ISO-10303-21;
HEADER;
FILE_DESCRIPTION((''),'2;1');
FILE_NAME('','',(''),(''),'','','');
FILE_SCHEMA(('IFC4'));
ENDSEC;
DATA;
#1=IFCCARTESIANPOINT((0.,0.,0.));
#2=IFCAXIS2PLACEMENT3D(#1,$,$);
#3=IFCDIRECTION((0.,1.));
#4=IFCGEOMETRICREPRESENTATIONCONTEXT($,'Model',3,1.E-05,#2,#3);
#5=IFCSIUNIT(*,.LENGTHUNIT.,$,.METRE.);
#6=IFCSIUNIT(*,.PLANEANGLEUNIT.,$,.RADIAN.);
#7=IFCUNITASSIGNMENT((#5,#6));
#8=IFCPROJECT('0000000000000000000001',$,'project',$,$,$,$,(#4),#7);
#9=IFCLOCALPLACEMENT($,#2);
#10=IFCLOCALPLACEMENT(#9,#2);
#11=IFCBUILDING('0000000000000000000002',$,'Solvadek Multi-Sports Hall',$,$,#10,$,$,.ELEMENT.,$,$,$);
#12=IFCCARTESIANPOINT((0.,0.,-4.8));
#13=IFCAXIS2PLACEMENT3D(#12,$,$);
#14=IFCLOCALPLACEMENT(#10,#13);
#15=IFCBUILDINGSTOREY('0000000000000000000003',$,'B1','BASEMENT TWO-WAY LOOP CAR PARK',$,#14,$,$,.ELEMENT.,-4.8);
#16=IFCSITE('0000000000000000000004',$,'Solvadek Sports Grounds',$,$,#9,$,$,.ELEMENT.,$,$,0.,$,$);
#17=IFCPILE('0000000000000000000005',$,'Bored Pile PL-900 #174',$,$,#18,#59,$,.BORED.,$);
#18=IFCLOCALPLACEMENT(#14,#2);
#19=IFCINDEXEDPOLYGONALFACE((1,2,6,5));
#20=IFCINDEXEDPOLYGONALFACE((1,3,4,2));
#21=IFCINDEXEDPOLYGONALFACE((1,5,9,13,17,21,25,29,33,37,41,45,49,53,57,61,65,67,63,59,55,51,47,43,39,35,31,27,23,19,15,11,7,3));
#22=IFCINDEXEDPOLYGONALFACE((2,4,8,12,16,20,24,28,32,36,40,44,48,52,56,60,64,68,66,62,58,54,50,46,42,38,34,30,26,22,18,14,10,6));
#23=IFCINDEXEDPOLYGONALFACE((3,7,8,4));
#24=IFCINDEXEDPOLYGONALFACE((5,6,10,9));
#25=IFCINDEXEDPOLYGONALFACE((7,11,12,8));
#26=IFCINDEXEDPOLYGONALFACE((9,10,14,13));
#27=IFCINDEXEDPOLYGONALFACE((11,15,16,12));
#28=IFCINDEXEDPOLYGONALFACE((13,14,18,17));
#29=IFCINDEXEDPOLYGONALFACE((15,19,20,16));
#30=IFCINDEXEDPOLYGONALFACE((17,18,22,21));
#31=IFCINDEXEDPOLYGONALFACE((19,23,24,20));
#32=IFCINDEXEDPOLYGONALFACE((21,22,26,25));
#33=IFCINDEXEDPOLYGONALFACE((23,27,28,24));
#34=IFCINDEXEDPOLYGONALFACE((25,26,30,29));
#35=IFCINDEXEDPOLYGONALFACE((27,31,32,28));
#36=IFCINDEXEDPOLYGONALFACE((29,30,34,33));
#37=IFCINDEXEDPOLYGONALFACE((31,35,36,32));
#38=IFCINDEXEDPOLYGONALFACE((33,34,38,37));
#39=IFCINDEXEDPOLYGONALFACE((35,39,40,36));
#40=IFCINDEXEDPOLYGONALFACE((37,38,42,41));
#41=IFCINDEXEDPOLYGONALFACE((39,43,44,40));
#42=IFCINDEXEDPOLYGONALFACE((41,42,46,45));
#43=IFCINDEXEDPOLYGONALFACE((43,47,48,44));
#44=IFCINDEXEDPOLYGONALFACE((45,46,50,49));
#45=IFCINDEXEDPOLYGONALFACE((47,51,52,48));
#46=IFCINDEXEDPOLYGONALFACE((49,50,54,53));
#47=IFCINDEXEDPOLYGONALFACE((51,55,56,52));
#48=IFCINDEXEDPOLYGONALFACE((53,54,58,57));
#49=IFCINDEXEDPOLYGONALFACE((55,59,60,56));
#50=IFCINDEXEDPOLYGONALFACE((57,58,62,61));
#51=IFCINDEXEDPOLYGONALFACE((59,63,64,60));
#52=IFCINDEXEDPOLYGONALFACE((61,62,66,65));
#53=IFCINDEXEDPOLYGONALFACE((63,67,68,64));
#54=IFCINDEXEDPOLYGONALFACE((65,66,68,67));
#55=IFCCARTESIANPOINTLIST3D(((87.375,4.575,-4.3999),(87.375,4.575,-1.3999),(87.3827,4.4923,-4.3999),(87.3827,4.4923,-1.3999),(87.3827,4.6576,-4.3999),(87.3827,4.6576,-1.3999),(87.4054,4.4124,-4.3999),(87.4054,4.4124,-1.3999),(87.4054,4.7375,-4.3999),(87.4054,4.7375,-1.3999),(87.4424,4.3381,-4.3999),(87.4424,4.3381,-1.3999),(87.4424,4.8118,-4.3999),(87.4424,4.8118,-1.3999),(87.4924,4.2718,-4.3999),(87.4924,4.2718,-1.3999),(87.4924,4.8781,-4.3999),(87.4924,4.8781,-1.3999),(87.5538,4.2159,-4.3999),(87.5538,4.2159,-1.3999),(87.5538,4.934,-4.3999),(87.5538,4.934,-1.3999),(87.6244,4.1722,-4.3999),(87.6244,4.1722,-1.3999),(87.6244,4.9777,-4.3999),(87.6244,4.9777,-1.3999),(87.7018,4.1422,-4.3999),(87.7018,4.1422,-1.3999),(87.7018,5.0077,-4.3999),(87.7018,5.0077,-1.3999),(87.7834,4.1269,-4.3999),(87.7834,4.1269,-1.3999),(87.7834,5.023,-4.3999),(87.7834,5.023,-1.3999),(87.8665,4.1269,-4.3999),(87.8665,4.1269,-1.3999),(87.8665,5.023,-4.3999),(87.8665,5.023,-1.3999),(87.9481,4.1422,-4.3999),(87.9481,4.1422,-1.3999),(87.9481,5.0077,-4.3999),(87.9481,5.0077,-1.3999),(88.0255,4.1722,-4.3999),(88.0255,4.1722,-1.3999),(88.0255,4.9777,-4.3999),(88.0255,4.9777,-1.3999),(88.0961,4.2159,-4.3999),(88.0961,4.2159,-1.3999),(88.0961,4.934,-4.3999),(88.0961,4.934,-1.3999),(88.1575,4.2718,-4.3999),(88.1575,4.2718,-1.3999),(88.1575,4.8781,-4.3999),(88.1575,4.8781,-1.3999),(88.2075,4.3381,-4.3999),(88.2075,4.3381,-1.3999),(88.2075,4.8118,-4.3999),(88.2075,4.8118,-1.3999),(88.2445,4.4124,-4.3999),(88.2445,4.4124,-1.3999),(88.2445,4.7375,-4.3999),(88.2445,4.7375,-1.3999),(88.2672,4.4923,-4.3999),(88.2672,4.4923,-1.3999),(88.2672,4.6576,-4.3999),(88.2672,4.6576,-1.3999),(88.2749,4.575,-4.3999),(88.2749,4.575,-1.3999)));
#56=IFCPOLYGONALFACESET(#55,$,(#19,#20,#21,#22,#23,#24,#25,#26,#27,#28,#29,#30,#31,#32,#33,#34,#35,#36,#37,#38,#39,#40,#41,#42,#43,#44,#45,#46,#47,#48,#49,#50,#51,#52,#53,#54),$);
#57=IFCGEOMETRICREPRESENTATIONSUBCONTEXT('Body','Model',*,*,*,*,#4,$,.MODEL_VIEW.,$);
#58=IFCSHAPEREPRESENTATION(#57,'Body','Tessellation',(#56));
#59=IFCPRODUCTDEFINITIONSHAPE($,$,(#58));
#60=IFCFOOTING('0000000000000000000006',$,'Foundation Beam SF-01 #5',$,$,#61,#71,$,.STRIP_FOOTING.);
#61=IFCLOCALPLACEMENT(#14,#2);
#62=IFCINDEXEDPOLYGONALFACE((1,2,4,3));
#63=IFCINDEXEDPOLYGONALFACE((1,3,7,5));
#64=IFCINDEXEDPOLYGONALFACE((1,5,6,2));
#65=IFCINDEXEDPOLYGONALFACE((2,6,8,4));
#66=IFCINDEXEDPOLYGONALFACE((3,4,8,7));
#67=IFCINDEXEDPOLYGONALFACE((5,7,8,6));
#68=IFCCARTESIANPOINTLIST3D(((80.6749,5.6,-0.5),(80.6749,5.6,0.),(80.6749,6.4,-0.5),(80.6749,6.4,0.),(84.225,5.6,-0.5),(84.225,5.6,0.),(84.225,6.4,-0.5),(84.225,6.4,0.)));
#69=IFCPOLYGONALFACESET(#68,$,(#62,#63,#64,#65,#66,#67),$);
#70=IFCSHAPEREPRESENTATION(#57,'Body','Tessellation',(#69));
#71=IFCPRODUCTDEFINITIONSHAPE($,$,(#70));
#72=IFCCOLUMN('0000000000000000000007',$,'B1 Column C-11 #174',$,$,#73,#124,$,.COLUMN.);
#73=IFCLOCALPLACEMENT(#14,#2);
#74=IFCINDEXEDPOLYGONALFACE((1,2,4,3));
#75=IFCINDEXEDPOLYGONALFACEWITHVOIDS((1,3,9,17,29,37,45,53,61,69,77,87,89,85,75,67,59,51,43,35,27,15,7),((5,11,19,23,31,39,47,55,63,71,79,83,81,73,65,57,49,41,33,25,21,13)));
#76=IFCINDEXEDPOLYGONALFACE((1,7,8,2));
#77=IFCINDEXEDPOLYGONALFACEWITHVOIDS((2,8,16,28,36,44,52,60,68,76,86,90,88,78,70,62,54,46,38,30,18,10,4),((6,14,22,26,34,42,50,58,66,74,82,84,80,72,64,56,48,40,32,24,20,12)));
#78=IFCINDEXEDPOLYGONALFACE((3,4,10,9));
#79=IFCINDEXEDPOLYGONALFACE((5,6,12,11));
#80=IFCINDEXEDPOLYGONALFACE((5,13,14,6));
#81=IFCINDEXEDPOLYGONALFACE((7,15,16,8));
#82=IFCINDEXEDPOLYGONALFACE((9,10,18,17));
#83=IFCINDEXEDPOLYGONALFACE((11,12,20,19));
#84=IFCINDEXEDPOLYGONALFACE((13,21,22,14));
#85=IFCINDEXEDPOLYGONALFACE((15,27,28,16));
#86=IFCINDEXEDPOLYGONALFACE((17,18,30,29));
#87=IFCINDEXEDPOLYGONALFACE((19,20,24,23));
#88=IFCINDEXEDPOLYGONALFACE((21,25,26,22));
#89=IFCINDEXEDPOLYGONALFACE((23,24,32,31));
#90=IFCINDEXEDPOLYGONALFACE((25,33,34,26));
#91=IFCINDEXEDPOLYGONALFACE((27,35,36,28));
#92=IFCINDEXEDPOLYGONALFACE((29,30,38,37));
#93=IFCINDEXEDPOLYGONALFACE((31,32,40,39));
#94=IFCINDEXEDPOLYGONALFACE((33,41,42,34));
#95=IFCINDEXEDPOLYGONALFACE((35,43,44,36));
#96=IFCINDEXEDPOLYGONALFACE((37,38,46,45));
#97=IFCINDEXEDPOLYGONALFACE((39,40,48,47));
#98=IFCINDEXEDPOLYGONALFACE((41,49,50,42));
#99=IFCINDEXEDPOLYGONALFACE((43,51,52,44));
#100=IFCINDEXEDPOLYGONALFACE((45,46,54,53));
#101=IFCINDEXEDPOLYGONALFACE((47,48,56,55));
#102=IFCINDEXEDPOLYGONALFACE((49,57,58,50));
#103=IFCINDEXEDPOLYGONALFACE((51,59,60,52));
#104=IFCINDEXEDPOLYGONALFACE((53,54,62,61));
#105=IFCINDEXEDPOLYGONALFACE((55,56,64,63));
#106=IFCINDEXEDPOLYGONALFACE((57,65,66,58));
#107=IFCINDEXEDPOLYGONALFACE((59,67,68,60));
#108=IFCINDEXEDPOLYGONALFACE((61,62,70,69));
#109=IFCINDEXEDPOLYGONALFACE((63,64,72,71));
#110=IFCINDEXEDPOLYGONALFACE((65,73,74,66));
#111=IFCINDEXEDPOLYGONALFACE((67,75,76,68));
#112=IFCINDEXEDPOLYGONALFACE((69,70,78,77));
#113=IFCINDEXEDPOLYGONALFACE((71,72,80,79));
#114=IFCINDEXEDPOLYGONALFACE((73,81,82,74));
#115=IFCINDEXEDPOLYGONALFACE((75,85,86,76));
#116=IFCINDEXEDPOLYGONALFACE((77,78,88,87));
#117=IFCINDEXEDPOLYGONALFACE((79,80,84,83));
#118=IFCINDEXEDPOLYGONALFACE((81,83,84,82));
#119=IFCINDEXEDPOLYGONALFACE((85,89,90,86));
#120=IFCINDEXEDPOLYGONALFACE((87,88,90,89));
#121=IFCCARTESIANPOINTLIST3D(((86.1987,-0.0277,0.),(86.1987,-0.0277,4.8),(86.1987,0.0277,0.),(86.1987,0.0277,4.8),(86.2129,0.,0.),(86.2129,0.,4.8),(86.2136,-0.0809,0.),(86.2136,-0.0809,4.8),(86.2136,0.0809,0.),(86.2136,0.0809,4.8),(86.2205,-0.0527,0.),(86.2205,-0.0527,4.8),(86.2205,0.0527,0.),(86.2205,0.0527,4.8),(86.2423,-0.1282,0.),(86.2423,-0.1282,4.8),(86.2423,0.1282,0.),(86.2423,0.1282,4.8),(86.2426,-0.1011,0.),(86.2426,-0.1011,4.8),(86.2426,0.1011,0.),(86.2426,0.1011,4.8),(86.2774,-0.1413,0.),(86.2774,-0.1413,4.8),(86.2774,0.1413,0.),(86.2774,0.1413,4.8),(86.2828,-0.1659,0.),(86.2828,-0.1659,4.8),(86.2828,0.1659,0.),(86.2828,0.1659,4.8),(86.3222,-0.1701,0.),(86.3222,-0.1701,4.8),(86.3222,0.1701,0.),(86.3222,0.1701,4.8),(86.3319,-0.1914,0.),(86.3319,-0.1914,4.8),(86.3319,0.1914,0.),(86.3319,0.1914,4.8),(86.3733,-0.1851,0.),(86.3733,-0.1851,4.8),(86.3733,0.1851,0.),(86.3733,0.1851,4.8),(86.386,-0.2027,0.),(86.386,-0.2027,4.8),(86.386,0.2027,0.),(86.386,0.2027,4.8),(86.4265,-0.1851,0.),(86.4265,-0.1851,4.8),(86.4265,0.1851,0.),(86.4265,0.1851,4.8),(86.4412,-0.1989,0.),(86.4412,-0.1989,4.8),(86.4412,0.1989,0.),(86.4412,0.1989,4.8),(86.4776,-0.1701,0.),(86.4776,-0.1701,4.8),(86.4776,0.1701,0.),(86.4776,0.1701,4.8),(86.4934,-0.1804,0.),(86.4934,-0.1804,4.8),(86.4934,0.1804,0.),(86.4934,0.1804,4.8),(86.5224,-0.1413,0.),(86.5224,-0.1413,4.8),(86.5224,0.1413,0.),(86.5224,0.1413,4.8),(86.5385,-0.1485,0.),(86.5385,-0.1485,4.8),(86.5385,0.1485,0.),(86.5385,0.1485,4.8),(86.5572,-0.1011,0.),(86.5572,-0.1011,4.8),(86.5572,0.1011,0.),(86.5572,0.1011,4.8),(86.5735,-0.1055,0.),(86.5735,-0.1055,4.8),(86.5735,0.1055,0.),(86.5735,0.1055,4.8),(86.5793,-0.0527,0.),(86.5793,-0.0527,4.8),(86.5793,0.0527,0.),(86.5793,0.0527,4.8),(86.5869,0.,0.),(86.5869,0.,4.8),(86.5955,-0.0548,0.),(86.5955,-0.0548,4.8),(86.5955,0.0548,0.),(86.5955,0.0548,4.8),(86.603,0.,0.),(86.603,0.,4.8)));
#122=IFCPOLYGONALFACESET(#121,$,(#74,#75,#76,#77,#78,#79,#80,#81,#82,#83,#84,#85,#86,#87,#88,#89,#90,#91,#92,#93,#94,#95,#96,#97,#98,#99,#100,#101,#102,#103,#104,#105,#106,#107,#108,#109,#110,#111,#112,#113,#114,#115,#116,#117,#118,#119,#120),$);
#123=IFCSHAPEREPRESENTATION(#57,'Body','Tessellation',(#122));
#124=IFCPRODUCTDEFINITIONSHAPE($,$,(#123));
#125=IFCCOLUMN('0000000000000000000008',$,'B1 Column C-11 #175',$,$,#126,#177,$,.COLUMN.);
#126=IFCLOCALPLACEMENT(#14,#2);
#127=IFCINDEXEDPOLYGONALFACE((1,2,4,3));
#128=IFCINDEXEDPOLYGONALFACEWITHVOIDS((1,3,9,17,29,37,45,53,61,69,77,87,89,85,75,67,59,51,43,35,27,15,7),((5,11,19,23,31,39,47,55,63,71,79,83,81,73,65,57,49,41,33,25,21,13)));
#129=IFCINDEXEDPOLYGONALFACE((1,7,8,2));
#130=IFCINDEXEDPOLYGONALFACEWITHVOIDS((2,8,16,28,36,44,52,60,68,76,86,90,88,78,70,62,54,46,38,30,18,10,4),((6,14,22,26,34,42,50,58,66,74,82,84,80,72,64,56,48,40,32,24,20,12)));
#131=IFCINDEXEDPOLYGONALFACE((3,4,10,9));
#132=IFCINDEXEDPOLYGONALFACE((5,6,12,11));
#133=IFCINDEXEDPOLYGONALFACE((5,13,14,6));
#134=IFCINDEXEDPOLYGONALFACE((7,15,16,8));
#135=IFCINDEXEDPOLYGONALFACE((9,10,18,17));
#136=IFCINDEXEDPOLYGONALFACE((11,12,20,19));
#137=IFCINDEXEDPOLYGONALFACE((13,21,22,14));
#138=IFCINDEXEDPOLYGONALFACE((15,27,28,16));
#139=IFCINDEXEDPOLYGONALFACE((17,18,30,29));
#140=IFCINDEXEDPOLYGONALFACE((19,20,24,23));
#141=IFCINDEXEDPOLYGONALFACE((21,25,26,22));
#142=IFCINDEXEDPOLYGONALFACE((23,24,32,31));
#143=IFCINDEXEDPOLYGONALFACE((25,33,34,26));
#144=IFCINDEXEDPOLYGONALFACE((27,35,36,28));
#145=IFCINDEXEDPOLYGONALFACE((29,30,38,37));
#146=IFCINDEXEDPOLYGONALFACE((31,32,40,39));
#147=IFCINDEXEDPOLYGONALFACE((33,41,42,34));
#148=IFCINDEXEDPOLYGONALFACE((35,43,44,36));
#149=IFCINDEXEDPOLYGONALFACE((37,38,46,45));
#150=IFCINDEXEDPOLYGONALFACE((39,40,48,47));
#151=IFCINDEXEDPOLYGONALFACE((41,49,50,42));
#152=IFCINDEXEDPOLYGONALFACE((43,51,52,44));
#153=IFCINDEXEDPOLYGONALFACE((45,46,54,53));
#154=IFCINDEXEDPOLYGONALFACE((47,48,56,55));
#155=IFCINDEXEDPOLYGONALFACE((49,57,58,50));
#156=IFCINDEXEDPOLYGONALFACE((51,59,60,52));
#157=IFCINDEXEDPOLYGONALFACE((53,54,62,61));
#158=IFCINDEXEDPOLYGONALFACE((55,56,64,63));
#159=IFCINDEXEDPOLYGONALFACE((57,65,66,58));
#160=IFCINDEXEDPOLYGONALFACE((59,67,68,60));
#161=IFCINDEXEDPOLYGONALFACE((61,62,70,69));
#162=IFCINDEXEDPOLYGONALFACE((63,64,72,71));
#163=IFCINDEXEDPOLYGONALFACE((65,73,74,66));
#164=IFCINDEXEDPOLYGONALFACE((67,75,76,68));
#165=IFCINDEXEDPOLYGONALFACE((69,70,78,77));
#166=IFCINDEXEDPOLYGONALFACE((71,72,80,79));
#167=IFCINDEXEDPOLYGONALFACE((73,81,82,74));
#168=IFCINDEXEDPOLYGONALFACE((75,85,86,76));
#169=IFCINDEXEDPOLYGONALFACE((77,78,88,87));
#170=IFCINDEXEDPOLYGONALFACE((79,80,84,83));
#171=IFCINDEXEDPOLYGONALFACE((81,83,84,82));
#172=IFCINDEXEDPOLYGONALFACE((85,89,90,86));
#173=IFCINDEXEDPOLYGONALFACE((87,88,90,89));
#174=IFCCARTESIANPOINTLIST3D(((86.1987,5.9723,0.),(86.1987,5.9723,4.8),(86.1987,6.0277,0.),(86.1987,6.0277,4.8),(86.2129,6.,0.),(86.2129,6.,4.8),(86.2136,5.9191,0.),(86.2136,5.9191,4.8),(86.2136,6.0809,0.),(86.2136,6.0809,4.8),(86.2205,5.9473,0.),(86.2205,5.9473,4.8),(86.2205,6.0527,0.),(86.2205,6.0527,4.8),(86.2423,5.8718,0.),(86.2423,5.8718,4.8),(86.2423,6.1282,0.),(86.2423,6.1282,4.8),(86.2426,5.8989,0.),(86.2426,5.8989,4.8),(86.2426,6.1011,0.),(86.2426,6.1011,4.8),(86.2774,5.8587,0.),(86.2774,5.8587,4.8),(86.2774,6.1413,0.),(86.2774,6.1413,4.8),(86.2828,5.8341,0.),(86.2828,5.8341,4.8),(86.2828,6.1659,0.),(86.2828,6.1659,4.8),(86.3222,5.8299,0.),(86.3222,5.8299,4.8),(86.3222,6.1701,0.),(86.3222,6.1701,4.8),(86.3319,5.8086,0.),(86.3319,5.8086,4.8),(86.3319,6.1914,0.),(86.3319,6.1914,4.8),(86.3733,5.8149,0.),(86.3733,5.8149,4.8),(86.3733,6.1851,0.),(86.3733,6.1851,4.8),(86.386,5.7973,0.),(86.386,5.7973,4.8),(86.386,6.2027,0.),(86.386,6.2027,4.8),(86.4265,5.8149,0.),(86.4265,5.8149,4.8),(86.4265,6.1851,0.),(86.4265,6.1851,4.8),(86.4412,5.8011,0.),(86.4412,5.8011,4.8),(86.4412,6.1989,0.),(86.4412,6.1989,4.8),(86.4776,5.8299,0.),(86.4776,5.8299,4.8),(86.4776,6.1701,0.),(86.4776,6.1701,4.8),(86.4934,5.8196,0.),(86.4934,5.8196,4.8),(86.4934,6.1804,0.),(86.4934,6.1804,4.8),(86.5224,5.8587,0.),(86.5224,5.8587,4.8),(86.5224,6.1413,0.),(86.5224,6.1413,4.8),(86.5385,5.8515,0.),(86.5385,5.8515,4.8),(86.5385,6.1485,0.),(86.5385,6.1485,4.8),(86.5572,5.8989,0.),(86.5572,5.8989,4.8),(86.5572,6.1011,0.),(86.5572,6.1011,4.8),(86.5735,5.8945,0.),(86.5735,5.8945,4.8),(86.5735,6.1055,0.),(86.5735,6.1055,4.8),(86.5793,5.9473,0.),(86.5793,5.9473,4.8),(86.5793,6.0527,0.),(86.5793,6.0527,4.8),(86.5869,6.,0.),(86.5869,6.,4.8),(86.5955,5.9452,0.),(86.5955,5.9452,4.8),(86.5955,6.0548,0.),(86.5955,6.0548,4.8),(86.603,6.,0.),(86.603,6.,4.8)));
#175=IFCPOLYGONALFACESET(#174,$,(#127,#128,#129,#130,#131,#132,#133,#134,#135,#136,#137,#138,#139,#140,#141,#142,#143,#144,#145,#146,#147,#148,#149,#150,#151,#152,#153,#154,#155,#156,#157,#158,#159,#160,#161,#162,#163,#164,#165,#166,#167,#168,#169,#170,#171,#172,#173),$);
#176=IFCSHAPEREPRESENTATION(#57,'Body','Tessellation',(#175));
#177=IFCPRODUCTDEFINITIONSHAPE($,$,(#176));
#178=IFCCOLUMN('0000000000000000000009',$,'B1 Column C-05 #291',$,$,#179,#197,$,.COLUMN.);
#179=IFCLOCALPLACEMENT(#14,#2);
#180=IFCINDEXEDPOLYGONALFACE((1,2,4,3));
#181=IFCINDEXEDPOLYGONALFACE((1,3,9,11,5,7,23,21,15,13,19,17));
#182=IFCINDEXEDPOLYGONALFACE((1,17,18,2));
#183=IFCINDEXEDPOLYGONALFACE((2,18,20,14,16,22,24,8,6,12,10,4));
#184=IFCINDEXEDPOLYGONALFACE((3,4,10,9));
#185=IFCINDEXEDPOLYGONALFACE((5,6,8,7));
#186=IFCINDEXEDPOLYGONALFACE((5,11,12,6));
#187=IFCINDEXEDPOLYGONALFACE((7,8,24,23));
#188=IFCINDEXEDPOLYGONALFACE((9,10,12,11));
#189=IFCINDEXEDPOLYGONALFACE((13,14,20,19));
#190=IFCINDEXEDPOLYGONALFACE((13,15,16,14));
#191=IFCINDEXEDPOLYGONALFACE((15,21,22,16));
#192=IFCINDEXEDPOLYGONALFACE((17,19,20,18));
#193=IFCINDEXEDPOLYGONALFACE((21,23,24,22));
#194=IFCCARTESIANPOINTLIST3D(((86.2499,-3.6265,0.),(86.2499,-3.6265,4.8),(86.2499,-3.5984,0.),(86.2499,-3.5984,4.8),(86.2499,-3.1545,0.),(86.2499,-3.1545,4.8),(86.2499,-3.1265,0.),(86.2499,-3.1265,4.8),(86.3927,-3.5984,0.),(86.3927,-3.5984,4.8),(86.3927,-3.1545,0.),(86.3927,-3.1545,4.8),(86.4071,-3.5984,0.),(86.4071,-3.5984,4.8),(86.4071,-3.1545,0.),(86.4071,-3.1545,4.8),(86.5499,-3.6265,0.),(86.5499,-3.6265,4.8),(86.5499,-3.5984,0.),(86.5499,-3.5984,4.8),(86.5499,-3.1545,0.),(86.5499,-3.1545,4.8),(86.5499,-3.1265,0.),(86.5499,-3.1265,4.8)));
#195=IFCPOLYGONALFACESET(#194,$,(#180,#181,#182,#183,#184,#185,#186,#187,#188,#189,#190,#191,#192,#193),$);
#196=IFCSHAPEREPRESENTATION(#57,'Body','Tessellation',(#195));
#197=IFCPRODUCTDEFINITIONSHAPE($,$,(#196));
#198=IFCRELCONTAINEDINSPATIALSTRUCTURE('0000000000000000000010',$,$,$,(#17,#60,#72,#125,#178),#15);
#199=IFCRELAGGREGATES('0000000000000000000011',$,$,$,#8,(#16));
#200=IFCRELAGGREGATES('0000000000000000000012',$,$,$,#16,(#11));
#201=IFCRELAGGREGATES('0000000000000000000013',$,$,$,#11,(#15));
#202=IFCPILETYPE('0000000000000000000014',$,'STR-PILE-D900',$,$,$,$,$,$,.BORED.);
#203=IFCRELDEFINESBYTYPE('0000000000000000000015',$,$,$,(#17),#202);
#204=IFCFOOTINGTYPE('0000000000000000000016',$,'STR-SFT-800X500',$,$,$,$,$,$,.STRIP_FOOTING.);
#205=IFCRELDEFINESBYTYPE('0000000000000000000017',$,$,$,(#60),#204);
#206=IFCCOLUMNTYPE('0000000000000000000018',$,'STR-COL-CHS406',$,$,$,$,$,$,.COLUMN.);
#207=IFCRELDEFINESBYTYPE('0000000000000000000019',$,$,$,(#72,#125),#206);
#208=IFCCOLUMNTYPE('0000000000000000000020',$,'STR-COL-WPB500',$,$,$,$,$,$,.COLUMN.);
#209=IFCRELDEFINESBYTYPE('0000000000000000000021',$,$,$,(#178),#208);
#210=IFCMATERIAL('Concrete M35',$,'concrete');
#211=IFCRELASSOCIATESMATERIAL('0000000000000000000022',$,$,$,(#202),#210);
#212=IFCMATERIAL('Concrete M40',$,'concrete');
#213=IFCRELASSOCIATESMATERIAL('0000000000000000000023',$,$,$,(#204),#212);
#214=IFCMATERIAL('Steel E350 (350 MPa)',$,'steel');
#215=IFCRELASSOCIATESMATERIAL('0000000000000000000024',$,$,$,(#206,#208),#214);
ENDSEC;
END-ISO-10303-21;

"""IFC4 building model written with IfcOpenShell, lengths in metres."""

from ifc_helpers import new_model, si_unit, direction, frame, origin, origin_2d, place, context, subcontext, project, spatial, rectangle, circle, hollow_circle, i_section, extrude, material, material_profile, profile_set, type_object, element, save


model = new_model("IFC4")

# Units and contexts
model_context = context("Model", 3, precision=1e-05, world=origin(), true_north=direction((0.0, 1.0)))
body_context = subcontext(model_context, "Body", "Model", "MODEL_VIEW")
ifc_project = project(units=[si_unit("LENGTHUNIT", "METRE"), si_unit("PLANEANGLEUNIT", "RADIAN")], contexts=[model_context])

# Site, building, storey
site_placement = place(None, origin())
site = spatial("IfcSite", under=ifc_project, at=site_placement, Name="Solvadek Sports Grounds", CompositionType="ELEMENT", RefElevation=0.0)
building_placement = place(site_placement, origin())
building = spatial("IfcBuilding", under=site, at=building_placement, Name="Solvadek Multi-Sports Hall", CompositionType="ELEMENT")
storey_placement = place(building_placement, frame((0.0, 0.0, -4.8)))
storey = spatial("IfcBuildingStorey", under=building, at=storey_placement, Name="B1", Description="BASEMENT TWO-WAY LOOP CAR PARK", CompositionType="ELEMENT", Elevation=-4.8)

# Shared definitions
ifc_material_1 = material(Name="Concrete M40", Category="concrete")

# Pile
ifc_material_2 = material(Name="Concrete M35", Category="concrete")
ifc_material_profile_1 = material_profile(ifc_material_2, circle(Radius=0.45, at=origin_2d()), Name="BORED PILE D900")
ifc_profile_set_1 = profile_set([ifc_material_profile_1], Name="Concrete M35")
pile_type_1 = type_object("IfcPileType", Name="STR-PILE-D900", PredefinedType="BORED", material=ifc_profile_set_1)
for number, where, z_axis, x_axis, name in (
    (1, (87.825, 4.575, -1.3999), (0.0, 0.0, -1.0), (1.0, 0.0, 0.0), "Bored Pile PL-900 #174"),
):
    element("IfcPile", number, at=place(storey_placement, frame(where, z_axis=z_axis, x_axis=x_axis)), inside=storey, type_object=pile_type_1, Name=name, PredefinedType="BORED", context=body_context, shape_type="SweptSolid", body=[
        extrude(circle(Radius=0.45, at=origin_2d()), origin(), (0.0, 0.0, 1.0), 3.0),
    ])

# Footing
footing_type_1 = type_object("IfcFootingType", Name="STR-SFT-800X500", PredefinedType="STRIP_FOOTING", material=ifc_material_1)
footing_1_placement = place(storey_placement, frame((82.45, 6.0, -0.5), z_axis=(0.0, 0.0, 1.0), x_axis=(1.0, 0.0, 0.0)))
element("IfcFooting", 2, at=footing_1_placement, inside=storey, type_object=footing_type_1, Name="Foundation Beam SF-01 #5", PredefinedType="STRIP_FOOTING", context=body_context, shape_type="SweptSolid", body=[
    extrude(rectangle(XDim=3.55, YDim=0.8, at=origin_2d()), origin(), (0.0, 0.0, 1.0), 0.5),
])

# Columns
ifc_material_3 = material(Name="Steel E350 (350 MPa)", Category="steel")
ifc_material_profile_2 = material_profile(ifc_material_3, hollow_circle(Radius=0.2031, WallThickness=0.0161, at=origin_2d()), Name="CHS 406.4x16")
ifc_profile_set_2 = profile_set([ifc_material_profile_2], Name="Steel E350 (350 MPa)")
column_type_1 = type_object("IfcColumnType", Name="STR-COL-CHS406", PredefinedType="COLUMN", material=ifc_profile_set_2)
for number, where, z_axis, x_axis, name in (
    (3, (86.3999, 0.0, 0.0), (0.0, 0.0, 1.0), (1.0, 0.0, 0.0), "B1 Column C-11 #174"),
    (4, (86.3999, 6.0, 0.0), (0.0, 0.0, 1.0), (1.0, 0.0, 0.0), "B1 Column C-11 #175"),
):
    element("IfcColumn", number, at=place(storey_placement, frame(where, z_axis=z_axis, x_axis=x_axis)), inside=storey, type_object=column_type_1, Name=name, PredefinedType="COLUMN", context=body_context, shape_type="SweptSolid", body=[
        extrude(hollow_circle(Radius=0.2031, WallThickness=0.0161, at=origin_2d()), origin(), (0.0, 0.0, 1.0), 4.8),
    ])
ifc_material_profile_3 = material_profile(ifc_material_3, i_section(OverallWidth=0.3, OverallDepth=0.5, WebThickness=0.0144, FlangeThickness=0.0281, at=origin_2d()), Name="WPB 500")
ifc_profile_set_3 = profile_set([ifc_material_profile_3], Name="Steel E350 (350 MPa)")
column_type_2 = type_object("IfcColumnType", Name="STR-COL-WPB500", PredefinedType="COLUMN", material=ifc_profile_set_3)
column_placement = place(storey_placement, frame((86.3999, -3.3765, 0.0), z_axis=(0.0, 0.0, 1.0), x_axis=(1.0, 0.0, 0.0)))
element("IfcColumn", 5, at=column_placement, inside=storey, type_object=column_type_2, Name="B1 Column C-05 #291", PredefinedType="COLUMN", context=body_context, shape_type="SweptSolid", body=[
    extrude(i_section(OverallWidth=0.3, OverallDepth=0.5, WebThickness=0.0144, FlangeThickness=0.0281, at=origin_2d()), origin(), (0.0, 0.0, 1.0), 4.8),
])

save(model, "model.ifc")
